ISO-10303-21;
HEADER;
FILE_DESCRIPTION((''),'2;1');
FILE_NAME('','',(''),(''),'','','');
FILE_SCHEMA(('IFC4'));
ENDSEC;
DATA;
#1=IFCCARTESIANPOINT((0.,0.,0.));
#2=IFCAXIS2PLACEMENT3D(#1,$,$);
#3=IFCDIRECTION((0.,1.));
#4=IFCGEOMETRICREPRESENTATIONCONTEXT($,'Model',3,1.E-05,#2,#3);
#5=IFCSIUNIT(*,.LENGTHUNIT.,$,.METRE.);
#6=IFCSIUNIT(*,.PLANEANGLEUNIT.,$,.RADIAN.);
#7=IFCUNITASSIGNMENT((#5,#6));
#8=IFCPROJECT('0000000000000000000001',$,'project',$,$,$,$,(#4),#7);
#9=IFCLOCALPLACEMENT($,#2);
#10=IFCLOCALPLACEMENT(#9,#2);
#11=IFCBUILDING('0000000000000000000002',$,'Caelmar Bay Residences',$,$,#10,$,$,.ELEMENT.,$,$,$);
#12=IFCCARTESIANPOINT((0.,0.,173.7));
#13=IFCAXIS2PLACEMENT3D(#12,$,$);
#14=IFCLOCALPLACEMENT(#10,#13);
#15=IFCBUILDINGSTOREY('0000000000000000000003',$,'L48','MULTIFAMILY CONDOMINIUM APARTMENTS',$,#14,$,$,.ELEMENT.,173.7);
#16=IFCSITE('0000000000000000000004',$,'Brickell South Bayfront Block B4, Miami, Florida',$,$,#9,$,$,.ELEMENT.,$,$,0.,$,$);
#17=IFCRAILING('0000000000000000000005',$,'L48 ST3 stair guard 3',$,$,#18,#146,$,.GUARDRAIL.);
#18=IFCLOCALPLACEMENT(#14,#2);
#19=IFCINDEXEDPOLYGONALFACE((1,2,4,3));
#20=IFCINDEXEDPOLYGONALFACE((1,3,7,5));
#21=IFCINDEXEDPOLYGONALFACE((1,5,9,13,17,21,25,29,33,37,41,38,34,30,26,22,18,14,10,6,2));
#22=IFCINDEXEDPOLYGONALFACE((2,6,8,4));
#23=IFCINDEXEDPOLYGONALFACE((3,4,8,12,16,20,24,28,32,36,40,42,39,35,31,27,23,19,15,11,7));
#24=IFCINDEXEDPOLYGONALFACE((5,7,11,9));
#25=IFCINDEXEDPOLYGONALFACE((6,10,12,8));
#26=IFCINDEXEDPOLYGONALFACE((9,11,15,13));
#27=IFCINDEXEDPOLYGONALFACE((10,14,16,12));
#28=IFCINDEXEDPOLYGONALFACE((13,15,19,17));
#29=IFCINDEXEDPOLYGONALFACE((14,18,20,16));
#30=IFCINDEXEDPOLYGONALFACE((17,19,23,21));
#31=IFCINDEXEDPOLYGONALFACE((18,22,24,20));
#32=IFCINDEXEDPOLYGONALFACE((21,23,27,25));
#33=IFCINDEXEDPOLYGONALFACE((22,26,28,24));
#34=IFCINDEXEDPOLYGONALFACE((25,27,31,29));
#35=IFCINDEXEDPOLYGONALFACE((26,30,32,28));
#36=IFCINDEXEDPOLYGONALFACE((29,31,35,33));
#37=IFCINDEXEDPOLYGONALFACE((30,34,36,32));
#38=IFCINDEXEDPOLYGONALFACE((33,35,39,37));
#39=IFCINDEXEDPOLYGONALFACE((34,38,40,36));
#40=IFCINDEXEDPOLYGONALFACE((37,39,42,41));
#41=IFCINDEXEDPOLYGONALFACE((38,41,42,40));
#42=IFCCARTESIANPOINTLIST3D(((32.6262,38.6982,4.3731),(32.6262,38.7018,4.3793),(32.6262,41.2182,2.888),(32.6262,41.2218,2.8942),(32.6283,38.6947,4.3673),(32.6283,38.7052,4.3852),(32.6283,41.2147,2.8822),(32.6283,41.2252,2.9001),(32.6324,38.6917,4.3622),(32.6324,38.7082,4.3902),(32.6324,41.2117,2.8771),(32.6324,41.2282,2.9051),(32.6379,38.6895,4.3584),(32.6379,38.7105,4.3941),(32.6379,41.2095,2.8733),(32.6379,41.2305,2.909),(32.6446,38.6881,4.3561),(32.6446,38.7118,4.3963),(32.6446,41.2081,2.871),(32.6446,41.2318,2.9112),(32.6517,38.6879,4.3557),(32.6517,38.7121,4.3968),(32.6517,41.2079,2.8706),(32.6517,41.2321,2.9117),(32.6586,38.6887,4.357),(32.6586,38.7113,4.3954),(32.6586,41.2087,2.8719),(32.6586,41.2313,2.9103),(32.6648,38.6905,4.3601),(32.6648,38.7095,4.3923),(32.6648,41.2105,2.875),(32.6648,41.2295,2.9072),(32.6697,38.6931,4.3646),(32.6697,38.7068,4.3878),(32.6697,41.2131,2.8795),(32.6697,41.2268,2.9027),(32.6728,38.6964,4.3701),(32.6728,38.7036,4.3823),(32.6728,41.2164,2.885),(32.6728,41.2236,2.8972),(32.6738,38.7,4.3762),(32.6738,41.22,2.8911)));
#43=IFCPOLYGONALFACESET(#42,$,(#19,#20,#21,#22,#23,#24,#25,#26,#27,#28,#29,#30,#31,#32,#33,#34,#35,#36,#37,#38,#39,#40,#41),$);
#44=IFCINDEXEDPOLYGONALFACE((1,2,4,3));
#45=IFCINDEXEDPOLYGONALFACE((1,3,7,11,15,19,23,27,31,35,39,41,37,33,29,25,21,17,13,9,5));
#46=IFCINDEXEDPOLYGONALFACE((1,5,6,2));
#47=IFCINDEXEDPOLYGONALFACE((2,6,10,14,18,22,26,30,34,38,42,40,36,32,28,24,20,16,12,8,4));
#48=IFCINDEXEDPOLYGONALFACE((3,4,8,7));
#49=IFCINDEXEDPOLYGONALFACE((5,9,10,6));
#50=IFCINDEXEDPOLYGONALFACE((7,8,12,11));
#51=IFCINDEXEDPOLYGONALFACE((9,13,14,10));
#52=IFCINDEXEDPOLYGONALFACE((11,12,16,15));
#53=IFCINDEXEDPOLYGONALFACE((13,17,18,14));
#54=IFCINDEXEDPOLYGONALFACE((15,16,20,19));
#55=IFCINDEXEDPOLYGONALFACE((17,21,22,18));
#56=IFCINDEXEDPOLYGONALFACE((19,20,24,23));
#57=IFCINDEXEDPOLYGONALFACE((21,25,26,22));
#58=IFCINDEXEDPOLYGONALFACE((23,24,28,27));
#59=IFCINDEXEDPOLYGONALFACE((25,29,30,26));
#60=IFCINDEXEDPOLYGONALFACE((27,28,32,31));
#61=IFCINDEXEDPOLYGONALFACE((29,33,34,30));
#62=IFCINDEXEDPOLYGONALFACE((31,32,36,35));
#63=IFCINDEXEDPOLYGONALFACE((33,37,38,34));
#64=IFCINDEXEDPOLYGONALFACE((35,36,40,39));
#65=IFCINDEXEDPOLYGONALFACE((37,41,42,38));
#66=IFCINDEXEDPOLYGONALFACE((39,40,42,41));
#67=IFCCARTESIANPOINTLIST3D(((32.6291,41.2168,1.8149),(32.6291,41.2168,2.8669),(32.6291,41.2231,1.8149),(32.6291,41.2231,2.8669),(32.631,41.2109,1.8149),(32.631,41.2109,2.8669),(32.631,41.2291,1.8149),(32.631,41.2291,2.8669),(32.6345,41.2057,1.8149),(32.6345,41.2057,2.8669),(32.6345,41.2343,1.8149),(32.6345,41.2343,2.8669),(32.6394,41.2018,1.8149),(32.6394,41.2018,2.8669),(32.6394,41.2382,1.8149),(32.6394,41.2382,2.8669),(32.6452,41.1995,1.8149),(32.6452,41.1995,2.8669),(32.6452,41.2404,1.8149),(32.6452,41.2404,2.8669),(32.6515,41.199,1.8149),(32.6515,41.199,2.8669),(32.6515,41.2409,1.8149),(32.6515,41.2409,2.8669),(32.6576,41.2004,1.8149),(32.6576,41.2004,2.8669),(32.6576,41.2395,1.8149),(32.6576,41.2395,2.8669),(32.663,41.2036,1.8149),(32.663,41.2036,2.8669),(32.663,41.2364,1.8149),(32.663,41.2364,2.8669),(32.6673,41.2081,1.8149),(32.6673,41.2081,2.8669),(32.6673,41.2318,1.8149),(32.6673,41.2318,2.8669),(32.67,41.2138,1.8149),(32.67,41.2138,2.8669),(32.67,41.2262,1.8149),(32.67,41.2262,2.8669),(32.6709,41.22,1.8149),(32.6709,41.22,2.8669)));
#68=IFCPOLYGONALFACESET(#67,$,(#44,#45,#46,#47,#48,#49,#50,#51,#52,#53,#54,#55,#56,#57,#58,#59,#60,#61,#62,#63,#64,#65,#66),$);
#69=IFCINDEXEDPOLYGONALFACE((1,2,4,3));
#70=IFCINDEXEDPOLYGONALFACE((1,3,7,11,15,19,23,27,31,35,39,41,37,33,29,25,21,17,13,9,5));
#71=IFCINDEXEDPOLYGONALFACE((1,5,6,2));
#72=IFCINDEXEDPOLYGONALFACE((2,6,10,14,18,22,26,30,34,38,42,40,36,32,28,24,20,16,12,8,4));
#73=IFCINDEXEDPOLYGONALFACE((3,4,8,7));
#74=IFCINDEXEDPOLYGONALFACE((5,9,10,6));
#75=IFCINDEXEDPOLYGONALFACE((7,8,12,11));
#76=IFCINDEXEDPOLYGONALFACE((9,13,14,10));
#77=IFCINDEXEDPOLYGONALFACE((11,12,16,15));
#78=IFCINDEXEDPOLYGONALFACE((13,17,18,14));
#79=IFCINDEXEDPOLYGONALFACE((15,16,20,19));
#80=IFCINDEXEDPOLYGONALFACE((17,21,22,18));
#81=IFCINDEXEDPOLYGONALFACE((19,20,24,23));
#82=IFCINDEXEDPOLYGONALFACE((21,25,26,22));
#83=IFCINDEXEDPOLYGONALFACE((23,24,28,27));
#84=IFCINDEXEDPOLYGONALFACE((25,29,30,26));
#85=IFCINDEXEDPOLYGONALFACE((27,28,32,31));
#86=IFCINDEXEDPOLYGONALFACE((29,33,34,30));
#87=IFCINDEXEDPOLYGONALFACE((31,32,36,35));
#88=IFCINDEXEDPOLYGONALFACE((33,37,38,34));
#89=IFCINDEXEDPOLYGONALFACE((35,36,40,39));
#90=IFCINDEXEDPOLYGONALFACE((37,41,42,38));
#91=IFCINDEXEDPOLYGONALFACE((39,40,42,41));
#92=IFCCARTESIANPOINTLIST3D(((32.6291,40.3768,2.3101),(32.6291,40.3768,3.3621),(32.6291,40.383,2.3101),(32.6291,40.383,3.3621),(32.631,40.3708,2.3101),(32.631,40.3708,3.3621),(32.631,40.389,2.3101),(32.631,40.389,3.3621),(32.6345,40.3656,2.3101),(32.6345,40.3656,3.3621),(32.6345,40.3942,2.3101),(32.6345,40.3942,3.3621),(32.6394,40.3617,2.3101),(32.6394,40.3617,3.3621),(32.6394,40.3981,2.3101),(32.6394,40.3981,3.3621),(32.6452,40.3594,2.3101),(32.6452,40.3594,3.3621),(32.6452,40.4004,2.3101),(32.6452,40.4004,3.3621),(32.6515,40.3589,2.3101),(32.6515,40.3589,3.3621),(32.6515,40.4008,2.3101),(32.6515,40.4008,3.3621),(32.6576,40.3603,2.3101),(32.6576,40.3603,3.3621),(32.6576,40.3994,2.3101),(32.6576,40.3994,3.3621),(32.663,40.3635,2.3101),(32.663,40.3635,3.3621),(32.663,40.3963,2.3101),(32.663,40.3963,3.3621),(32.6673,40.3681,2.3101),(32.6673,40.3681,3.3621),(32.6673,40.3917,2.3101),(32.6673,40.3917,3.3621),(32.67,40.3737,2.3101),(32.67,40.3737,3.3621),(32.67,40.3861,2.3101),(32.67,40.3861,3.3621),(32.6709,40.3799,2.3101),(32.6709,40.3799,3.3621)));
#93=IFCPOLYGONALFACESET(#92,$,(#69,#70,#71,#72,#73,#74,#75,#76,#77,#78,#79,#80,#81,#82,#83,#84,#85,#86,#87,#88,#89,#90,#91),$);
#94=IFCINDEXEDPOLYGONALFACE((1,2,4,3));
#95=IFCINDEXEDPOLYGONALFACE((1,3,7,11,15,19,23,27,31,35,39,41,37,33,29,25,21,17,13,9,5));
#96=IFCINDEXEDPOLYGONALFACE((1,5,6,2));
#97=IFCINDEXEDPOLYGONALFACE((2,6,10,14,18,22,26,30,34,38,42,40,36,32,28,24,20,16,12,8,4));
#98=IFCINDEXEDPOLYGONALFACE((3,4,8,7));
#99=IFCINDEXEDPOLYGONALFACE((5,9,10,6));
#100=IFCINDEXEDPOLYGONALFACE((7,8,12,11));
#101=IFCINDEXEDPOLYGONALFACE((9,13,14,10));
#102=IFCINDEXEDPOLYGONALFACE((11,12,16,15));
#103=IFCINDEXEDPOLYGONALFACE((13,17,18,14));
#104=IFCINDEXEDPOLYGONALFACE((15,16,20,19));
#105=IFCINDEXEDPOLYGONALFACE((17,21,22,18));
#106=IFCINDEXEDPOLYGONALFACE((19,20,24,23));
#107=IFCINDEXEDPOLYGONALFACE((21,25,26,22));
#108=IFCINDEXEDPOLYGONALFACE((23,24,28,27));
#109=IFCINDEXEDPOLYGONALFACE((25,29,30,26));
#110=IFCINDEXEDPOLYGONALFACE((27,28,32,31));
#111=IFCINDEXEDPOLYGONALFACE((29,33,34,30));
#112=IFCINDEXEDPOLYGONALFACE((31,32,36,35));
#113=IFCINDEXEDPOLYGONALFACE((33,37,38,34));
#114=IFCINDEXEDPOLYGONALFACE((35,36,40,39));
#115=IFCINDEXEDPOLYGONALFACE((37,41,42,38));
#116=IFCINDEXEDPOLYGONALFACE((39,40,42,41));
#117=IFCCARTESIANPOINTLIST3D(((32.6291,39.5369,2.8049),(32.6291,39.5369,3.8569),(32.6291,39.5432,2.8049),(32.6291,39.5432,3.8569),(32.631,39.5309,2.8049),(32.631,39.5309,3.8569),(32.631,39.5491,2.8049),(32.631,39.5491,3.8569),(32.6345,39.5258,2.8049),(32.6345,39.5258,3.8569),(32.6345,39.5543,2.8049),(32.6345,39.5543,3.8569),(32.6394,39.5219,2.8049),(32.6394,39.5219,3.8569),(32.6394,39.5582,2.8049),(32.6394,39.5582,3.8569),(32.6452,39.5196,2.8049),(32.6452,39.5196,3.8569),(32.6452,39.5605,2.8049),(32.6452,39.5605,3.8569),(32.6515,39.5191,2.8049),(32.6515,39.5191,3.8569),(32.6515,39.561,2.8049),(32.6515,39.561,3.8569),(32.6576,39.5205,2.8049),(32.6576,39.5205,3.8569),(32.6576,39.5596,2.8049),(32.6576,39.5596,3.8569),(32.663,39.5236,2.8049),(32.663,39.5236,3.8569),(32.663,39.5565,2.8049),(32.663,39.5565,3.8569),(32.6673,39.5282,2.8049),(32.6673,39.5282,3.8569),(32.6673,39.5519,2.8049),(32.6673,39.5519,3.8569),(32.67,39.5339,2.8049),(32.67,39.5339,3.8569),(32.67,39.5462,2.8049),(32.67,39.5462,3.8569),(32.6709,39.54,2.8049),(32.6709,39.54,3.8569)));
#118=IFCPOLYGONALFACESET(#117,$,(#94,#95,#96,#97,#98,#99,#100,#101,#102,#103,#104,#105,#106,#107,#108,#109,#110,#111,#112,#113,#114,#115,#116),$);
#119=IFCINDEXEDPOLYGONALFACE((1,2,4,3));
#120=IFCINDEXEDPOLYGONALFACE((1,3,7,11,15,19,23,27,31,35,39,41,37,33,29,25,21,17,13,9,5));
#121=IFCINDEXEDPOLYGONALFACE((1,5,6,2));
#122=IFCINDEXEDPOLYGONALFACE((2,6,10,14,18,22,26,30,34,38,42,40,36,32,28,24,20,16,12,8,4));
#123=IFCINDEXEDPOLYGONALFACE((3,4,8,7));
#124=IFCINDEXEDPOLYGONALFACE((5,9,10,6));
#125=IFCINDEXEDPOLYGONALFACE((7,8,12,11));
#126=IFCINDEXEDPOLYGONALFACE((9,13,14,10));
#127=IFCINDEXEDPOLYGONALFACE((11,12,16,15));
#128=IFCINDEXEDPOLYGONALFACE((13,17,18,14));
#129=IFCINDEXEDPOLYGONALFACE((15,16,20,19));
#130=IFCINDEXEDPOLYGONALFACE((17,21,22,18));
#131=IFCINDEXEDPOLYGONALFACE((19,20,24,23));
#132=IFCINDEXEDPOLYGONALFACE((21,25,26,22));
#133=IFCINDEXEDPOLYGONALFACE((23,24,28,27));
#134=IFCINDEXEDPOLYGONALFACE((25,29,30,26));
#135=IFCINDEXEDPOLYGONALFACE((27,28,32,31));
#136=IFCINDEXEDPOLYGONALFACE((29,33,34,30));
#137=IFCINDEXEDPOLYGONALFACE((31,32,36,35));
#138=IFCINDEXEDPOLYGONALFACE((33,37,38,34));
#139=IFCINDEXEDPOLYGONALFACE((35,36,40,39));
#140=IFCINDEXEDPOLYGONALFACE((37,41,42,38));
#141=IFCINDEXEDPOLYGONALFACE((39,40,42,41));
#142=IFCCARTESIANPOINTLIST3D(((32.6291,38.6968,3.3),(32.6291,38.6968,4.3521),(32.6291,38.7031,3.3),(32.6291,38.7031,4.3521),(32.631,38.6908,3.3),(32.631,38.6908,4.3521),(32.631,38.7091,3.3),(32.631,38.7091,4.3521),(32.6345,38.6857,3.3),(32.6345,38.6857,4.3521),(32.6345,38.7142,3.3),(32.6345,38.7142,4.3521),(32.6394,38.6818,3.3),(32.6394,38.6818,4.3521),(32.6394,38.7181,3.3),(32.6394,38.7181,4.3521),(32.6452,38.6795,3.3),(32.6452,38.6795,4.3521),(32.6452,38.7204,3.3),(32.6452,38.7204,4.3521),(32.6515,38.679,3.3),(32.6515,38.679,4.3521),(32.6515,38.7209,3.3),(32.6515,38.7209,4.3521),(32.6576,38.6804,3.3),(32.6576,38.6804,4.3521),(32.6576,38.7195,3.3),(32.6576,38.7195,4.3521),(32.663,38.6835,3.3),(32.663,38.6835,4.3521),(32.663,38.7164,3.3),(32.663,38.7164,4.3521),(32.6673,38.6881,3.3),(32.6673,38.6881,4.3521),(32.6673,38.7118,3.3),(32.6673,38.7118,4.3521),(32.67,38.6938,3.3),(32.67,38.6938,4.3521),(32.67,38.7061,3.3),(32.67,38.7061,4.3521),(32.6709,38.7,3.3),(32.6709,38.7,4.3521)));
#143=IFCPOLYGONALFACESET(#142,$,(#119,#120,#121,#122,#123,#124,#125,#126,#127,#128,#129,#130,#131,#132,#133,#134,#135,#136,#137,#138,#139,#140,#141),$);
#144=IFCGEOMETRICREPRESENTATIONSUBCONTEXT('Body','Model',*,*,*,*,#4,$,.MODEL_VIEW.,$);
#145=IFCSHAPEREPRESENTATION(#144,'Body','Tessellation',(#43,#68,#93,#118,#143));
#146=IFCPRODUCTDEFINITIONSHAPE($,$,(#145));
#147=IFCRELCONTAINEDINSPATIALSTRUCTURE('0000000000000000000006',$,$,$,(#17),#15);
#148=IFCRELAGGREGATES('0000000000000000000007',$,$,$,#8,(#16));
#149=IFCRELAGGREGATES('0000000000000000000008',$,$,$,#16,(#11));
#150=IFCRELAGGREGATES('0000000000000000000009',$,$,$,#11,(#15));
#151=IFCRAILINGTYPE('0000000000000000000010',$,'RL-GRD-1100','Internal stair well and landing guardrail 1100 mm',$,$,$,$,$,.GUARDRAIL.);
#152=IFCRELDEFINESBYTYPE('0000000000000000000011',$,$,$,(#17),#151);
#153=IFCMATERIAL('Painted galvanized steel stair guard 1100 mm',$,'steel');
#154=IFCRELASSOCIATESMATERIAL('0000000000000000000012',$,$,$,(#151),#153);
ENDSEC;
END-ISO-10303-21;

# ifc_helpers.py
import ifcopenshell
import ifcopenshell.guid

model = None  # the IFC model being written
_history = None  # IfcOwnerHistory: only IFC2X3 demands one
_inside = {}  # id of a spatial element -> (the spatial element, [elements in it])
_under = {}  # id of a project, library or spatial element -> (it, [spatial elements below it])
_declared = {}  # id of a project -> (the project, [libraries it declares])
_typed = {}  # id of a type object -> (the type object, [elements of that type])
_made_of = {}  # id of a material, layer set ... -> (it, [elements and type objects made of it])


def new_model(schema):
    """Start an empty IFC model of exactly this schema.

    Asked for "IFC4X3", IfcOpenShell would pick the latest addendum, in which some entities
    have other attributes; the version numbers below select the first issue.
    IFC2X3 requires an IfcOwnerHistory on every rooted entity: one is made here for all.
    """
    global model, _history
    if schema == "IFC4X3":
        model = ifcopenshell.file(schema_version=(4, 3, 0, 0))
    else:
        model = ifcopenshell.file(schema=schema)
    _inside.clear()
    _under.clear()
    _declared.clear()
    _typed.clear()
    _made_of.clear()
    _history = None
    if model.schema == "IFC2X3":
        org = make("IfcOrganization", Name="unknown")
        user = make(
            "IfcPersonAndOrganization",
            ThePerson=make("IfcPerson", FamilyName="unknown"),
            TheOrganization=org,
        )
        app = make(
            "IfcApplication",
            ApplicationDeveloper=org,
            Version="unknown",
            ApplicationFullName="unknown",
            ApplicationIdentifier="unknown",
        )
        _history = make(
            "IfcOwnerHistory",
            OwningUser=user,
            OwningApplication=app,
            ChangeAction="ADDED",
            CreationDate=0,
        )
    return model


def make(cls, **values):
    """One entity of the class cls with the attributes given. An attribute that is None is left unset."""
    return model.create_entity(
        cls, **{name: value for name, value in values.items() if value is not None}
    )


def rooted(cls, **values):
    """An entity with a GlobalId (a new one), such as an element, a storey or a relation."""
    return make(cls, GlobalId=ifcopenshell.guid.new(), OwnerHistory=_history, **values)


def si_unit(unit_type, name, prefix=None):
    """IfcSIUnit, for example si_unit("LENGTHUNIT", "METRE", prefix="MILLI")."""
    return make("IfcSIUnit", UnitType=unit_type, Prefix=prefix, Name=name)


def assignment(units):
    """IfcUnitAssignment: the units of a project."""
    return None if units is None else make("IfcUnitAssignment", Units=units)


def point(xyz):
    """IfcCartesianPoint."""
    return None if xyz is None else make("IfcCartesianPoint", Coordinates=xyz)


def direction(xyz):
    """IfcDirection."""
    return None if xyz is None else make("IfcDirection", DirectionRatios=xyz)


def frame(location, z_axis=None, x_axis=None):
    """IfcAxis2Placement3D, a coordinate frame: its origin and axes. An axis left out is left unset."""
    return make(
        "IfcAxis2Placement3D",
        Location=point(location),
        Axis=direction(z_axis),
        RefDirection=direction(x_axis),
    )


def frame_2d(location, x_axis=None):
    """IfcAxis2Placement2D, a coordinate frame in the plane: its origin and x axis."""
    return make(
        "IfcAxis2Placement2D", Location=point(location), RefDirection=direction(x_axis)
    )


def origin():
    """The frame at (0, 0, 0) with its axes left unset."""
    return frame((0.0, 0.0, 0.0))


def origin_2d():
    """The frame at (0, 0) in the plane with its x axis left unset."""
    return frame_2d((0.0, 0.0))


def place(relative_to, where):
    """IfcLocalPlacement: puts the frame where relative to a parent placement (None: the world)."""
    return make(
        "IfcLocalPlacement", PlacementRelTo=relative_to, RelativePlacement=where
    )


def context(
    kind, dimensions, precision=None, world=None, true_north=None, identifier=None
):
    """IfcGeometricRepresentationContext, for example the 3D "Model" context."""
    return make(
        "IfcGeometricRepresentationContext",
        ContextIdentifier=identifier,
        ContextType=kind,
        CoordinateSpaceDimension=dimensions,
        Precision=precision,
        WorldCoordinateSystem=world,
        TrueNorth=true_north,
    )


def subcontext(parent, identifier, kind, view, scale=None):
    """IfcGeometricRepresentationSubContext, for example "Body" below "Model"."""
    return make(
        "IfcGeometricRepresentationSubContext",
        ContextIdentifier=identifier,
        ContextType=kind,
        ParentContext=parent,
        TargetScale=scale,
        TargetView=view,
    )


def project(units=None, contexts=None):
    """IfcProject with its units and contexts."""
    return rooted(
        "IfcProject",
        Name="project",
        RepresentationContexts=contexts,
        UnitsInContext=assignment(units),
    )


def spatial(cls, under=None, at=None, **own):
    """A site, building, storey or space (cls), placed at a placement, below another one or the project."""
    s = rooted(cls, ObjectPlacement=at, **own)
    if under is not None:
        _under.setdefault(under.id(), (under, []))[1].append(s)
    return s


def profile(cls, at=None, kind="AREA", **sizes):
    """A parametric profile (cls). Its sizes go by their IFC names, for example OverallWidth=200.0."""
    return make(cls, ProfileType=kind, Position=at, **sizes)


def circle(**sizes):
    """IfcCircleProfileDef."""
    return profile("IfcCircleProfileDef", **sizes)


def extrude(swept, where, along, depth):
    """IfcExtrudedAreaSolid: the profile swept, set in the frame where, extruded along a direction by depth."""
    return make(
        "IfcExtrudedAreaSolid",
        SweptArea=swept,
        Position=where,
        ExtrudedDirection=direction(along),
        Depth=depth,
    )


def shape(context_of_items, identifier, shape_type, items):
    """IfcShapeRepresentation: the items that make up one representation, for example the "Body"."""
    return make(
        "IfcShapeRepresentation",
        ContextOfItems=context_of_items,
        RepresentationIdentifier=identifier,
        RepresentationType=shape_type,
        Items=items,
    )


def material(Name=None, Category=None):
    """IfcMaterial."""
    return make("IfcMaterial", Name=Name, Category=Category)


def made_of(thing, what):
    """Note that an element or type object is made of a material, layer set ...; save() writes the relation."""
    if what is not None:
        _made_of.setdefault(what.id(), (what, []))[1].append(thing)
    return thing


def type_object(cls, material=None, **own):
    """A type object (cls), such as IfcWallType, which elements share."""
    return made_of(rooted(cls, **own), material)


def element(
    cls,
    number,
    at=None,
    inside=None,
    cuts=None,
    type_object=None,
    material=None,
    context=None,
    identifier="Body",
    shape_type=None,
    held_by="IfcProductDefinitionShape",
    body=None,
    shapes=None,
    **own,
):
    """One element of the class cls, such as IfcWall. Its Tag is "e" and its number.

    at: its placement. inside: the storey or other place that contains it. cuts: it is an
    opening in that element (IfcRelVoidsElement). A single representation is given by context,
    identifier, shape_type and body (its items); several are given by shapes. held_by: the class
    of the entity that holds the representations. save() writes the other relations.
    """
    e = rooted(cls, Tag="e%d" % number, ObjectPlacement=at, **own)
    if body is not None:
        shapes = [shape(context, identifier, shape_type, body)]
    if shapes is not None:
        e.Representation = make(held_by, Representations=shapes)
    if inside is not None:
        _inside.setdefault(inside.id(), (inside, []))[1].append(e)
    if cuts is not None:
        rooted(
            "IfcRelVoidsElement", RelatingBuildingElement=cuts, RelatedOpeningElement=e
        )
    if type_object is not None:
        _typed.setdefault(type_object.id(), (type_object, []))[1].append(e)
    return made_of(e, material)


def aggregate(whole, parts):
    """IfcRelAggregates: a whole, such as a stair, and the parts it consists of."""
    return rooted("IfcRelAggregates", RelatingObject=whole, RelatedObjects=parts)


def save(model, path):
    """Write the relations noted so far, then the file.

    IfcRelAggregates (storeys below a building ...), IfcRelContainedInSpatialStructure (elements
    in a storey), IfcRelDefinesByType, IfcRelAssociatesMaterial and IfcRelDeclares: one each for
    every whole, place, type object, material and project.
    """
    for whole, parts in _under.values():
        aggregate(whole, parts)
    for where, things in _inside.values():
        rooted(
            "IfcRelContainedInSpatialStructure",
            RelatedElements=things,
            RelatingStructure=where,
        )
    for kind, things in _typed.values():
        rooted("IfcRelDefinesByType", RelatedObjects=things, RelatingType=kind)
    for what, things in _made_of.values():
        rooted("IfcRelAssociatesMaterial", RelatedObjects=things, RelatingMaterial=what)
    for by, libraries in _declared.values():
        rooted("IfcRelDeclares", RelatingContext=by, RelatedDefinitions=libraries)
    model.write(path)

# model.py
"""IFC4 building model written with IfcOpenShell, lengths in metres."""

from ifc_helpers import new_model, si_unit, direction, frame, origin, origin_2d, place, context, subcontext, project, spatial, circle, extrude, material, type_object, element, save


model = new_model("IFC4")

# Units and contexts
model_context = context("Model", 3, precision=1e-05, world=origin(), true_north=direction((0.0, 1.0)))
body_context = subcontext(model_context, "Body", "Model", "MODEL_VIEW")
ifc_project = project(units=[si_unit("LENGTHUNIT", "METRE"), si_unit("PLANEANGLEUNIT", "RADIAN")], contexts=[model_context])

# Site, building, storey
site_placement = place(None, origin())
site = spatial("IfcSite", under=ifc_project, at=site_placement, Name="Brickell South Bayfront Block B4, Miami, Florida", CompositionType="ELEMENT", RefElevation=0.0)
building_placement = place(site_placement, origin())
building = spatial("IfcBuilding", under=site, at=building_placement, Name="Caelmar Bay Residences", CompositionType="ELEMENT")
storey_placement = place(building_placement, frame((0.0, 0.0, 173.7)))
storey = spatial("IfcBuildingStorey", under=building, at=storey_placement, Name="L48", Description="MULTIFAMILY CONDOMINIUM APARTMENTS", CompositionType="ELEMENT", Elevation=173.7)

# Railing
ifc_material_1 = material(Name="Painted galvanized steel stair guard 1100 mm", Category="steel")
railing_type_1 = type_object("IfcRailingType", Name="RL-GRD-1100", Description="Internal stair well and landing guardrail 1100 mm", PredefinedType="GUARDRAIL", material=ifc_material_1)
railing_1_placement = place(storey_placement, frame((32.6499, 41.22, 1.8149)))
element("IfcRailing", 1, at=railing_1_placement, inside=storey, type_object=railing_type_1, Name="L48 ST3 stair guard 3", PredefinedType="GUARDRAIL", context=body_context, shape_type="SweptSolid", body=[
    extrude(circle(Radius=0.0239, at=origin_2d()), frame((0.0, 0.0, 1.0762), z_axis=(0.0, -0.861524, 0.507717), x_axis=(1.0, 0.0, 0.0)), (0.0, 0.0, 1.0), 2.925),
    extrude(circle(Radius=0.021, at=origin_2d()), origin(), (0.0, 0.0, 1.0), 1.052),
    extrude(circle(Radius=0.021, at=origin_2d()), frame((0.0, -0.8401, 0.4951)), (0.0, 0.0, 1.0), 1.052),
    extrude(circle(Radius=0.021, at=origin_2d()), frame((0.0, -1.6799, 0.99)), (0.0, 0.0, 1.0), 1.052),
    extrude(circle(Radius=0.021, at=origin_2d()), frame((0.0, -2.52, 1.4851)), (0.0, 0.0, 1.0), 1.052),
])

save(model, "model.ifc")
